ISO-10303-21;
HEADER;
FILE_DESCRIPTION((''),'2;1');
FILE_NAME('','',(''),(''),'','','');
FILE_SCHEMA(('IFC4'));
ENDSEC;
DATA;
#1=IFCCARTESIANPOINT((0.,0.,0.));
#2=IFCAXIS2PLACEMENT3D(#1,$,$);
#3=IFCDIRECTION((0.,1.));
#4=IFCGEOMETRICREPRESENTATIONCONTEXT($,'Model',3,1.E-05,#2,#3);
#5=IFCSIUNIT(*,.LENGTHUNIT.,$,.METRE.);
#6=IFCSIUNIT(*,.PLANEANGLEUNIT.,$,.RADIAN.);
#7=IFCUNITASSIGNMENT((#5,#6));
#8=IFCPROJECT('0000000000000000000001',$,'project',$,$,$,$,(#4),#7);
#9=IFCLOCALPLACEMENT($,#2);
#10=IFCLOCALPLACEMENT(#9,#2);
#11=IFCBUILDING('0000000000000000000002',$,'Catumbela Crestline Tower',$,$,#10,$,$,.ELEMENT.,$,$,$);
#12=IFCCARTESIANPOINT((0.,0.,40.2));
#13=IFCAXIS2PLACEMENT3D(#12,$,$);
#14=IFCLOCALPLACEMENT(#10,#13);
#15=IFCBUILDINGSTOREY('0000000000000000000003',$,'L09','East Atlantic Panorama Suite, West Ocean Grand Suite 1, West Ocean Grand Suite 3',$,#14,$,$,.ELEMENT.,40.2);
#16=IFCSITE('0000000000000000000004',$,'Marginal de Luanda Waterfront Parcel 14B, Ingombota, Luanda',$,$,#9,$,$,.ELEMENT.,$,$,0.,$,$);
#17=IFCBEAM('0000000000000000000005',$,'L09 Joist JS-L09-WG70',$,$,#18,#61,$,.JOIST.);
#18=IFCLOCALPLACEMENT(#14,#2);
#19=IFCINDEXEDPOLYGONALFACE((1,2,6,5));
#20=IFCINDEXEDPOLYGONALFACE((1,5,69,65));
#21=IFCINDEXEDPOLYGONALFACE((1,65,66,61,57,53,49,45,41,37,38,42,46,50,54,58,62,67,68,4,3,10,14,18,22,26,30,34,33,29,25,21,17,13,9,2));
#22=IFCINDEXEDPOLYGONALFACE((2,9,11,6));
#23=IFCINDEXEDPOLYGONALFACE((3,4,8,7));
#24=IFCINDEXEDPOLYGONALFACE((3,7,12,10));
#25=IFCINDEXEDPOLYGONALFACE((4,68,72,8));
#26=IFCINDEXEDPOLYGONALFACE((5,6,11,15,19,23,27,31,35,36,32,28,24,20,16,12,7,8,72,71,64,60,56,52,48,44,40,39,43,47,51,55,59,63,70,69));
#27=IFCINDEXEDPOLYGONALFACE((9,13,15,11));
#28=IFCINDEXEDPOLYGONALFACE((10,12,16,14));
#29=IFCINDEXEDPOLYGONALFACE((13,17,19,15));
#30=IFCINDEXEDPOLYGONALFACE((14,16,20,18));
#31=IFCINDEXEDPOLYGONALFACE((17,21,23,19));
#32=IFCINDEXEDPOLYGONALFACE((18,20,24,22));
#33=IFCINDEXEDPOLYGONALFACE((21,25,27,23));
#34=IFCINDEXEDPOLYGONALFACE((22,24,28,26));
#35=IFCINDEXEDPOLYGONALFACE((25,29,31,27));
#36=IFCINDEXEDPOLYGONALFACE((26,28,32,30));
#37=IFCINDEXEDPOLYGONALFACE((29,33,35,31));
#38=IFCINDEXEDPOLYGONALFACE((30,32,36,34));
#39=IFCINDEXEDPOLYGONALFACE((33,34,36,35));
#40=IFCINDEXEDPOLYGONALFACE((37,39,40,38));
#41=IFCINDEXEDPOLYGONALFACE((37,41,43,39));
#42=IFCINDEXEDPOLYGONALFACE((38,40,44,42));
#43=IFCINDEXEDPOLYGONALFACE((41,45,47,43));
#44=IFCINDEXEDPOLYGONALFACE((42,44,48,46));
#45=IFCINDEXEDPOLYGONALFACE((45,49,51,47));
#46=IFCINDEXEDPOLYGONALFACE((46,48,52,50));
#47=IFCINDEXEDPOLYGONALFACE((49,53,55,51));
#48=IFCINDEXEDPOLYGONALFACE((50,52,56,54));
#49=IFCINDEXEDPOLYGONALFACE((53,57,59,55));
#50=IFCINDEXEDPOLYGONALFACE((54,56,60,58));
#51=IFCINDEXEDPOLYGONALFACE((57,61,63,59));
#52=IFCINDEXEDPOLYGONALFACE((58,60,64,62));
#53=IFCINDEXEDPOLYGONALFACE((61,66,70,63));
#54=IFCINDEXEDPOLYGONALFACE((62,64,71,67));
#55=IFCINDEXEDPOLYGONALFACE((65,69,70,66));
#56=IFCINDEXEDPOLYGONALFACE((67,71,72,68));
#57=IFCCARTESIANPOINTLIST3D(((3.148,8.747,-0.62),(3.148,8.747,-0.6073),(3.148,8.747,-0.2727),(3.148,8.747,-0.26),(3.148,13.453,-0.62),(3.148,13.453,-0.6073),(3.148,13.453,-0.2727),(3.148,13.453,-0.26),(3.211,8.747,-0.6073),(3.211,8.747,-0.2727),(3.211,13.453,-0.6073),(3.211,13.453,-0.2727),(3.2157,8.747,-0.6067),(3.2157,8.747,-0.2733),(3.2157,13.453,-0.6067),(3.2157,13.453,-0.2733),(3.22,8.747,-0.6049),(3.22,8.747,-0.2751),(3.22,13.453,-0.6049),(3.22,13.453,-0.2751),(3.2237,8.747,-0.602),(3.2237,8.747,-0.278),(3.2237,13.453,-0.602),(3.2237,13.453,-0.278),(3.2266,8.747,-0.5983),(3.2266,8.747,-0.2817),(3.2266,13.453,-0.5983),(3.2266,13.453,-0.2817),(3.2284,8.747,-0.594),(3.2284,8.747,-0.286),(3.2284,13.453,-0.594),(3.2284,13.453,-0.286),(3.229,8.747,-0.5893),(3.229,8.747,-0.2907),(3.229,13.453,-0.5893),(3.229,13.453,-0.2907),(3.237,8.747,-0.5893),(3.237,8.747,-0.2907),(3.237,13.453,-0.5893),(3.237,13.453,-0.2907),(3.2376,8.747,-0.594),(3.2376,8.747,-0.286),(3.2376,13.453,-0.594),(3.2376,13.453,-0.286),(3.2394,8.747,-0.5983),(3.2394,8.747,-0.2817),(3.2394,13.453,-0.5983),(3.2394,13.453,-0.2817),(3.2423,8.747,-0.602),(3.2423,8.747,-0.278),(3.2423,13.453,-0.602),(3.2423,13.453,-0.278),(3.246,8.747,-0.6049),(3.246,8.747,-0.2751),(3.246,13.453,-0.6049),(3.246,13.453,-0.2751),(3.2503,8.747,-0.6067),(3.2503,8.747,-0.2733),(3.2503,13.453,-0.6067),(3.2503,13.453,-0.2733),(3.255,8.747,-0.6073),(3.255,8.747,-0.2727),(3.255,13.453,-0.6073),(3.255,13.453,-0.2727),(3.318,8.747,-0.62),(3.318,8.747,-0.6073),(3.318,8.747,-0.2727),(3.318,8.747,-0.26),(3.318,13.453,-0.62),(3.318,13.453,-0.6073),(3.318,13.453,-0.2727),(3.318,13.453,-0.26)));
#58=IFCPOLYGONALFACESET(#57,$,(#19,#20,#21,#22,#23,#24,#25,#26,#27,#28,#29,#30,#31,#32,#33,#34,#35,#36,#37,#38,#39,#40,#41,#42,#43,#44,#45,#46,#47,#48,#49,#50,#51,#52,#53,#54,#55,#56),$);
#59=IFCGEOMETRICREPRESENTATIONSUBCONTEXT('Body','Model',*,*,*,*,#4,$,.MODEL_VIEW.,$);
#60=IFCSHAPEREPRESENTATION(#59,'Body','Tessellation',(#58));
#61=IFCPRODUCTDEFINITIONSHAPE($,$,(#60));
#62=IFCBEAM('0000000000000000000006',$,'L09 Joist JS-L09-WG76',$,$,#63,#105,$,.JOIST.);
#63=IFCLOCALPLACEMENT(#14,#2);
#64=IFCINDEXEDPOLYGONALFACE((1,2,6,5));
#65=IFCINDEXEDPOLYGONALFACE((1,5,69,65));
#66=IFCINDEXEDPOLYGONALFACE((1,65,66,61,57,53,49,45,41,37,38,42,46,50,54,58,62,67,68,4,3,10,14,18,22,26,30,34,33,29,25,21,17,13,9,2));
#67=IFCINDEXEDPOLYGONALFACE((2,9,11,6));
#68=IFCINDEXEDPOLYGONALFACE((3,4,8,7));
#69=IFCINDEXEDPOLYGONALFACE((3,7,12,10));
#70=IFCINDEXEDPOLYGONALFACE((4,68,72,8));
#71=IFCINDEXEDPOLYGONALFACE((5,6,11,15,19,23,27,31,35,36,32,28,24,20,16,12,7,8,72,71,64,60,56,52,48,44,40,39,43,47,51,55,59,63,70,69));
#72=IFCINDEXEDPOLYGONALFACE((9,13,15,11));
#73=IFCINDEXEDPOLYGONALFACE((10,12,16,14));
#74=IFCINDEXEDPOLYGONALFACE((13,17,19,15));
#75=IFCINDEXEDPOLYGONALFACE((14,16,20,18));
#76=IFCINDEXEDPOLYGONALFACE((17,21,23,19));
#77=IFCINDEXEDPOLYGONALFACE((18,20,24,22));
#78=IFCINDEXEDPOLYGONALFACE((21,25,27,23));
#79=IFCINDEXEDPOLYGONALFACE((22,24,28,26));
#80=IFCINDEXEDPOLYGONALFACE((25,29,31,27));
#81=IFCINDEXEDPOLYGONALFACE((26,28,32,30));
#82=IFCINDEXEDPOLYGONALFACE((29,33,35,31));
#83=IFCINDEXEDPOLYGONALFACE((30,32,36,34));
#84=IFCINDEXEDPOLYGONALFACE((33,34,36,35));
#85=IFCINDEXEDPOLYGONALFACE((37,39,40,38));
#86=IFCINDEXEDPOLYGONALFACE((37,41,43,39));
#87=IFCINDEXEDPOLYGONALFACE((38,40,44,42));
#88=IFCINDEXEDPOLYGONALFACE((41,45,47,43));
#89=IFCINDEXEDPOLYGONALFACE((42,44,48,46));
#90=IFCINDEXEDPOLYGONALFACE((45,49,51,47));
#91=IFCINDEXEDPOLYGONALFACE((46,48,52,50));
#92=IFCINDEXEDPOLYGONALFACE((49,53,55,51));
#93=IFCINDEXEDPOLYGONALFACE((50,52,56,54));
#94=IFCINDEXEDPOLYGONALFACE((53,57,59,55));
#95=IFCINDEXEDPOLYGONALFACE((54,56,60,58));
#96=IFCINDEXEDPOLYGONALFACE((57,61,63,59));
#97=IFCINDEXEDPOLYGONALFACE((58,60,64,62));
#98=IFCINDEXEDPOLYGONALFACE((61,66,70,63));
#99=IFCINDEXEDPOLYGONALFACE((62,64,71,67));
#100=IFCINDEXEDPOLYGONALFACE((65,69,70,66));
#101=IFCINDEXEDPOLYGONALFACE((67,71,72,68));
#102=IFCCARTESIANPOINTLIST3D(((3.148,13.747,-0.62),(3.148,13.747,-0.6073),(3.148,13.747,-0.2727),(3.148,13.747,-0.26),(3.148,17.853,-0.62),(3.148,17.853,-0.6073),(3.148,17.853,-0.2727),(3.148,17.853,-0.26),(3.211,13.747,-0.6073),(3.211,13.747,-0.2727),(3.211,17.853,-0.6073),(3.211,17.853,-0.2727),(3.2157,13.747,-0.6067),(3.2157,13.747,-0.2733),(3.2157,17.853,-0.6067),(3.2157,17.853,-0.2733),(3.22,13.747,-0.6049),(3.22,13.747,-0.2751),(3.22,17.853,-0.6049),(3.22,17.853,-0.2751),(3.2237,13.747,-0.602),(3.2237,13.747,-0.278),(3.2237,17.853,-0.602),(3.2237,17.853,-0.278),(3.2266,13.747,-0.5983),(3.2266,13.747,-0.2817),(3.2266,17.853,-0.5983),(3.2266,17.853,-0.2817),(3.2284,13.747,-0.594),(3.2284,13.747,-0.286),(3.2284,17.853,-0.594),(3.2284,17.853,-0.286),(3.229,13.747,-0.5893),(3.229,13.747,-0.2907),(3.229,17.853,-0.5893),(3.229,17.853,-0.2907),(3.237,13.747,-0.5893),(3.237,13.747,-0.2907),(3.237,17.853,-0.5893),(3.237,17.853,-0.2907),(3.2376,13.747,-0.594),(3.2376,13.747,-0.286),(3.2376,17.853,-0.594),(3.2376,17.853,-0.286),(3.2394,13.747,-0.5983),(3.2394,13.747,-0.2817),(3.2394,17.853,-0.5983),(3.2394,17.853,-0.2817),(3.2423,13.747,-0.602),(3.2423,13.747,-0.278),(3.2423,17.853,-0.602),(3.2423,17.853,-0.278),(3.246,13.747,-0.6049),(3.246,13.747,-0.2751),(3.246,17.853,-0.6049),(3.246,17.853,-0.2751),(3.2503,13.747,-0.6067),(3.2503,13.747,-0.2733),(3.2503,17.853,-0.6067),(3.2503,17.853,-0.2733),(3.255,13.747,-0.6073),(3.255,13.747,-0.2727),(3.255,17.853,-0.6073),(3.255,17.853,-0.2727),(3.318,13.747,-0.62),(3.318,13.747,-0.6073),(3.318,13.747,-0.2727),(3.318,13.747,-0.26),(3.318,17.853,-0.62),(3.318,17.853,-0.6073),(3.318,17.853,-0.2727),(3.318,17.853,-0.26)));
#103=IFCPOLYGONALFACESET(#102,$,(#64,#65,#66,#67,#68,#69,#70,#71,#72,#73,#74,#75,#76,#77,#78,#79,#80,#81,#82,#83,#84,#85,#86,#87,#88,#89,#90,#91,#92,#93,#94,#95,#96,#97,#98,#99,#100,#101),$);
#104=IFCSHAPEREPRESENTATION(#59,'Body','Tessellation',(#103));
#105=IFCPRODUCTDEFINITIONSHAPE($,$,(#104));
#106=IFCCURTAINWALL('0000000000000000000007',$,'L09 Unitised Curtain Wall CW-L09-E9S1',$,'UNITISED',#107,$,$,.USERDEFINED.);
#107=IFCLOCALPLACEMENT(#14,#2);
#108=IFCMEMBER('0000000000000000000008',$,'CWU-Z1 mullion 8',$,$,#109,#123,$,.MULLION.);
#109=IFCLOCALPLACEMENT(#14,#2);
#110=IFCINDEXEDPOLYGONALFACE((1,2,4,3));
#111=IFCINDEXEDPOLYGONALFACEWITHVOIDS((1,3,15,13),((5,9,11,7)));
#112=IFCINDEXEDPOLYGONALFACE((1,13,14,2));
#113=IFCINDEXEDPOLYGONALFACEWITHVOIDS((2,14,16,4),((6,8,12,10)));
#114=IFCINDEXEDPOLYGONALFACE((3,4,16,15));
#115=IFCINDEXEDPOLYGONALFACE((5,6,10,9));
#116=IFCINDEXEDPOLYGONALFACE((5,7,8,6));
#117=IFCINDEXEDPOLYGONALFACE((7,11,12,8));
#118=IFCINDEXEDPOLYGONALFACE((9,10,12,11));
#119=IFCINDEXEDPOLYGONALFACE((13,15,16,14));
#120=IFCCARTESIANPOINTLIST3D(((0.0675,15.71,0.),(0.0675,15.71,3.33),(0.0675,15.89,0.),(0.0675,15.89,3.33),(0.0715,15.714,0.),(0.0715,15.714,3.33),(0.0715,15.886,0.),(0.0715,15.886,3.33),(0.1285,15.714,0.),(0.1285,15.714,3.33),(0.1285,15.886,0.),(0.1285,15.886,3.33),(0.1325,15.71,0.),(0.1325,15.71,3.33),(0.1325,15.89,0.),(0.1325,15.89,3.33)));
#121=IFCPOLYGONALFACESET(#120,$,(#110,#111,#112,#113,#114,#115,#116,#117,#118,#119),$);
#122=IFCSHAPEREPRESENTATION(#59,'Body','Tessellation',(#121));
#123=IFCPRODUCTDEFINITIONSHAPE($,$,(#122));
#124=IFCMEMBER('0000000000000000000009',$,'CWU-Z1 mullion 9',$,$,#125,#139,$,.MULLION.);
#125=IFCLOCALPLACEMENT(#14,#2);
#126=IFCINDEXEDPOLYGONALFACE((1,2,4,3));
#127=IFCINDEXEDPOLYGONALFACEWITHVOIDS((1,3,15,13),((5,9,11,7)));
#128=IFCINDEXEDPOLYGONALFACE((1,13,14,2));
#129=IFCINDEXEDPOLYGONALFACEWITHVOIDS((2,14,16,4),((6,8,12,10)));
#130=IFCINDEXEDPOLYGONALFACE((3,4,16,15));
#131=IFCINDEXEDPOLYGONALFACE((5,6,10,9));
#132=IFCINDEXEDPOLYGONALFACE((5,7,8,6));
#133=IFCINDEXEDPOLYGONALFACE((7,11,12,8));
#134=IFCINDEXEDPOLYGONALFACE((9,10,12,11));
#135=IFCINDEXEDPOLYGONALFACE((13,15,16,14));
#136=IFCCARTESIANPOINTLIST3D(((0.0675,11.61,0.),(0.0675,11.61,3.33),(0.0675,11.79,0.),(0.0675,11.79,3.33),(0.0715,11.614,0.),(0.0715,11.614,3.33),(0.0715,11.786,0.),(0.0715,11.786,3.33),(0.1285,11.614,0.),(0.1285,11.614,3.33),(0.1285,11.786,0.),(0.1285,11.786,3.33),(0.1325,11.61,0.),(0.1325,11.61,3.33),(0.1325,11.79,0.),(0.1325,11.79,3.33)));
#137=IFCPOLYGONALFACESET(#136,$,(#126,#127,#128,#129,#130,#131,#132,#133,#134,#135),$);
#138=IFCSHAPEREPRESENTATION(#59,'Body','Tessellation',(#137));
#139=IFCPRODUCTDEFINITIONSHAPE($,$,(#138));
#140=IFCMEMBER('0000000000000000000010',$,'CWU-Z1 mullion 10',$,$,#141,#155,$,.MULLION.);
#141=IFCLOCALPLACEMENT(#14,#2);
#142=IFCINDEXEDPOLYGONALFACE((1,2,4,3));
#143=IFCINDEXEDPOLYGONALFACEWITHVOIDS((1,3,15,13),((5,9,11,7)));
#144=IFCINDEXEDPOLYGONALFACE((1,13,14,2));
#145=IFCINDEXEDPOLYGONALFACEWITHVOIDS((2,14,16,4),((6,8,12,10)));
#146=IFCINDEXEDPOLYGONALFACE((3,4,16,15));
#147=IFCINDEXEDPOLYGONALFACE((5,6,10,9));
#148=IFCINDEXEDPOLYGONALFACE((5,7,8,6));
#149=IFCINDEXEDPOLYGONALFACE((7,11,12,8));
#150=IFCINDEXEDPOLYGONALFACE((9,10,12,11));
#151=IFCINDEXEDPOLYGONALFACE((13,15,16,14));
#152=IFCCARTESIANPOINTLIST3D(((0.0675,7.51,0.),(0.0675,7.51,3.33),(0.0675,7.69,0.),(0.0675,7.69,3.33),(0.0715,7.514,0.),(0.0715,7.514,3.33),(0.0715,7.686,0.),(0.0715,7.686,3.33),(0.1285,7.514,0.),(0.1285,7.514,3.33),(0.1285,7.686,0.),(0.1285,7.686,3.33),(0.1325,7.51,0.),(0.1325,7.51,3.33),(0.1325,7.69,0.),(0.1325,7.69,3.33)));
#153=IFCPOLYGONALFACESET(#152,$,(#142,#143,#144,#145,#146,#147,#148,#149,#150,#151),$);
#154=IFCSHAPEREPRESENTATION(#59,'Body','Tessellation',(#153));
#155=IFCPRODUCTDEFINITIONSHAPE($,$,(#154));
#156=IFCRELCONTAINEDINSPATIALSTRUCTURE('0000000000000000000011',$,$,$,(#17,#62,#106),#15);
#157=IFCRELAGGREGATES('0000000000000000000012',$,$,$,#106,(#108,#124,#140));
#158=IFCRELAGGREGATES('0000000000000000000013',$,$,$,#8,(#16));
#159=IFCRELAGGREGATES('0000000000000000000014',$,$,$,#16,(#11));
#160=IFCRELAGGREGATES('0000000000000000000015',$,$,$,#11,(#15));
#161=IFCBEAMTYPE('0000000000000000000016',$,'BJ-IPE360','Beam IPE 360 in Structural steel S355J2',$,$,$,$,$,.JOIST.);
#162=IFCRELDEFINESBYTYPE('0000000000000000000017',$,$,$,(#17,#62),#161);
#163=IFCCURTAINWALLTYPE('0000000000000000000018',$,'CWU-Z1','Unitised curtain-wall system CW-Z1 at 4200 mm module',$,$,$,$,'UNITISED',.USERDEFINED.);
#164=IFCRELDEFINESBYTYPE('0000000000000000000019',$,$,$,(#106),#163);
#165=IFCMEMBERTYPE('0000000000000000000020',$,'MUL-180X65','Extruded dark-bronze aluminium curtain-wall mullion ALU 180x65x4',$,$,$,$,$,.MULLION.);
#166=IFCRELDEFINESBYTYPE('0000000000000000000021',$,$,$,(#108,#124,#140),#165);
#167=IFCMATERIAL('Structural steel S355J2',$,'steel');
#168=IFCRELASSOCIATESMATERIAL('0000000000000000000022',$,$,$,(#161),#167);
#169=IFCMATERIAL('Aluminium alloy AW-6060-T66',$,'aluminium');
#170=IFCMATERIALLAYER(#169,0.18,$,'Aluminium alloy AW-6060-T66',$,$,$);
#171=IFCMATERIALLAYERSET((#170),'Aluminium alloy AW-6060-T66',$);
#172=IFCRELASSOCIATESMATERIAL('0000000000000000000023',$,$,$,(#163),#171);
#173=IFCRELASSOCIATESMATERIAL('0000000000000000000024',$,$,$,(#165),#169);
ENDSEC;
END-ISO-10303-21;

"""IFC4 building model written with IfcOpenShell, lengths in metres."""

from ifc_helpers import new_model, si_unit, direction, frame, origin, origin_2d, place, context, subcontext, project, spatial, hollow_rectangle, i_section, extrude, material, layer, layer_set, material_profile, profile_set, type_object, element, aggregate, save


model = new_model("IFC4")

# Units and contexts
model_context = context("Model", 3, precision=1e-05, world=origin(), true_north=direction((0.0, 1.0)))
body_context = subcontext(model_context, "Body", "Model", "MODEL_VIEW")
ifc_project = project(units=[si_unit("LENGTHUNIT", "METRE"), si_unit("PLANEANGLEUNIT", "RADIAN")], contexts=[model_context])

# Site, building, storey
site_placement = place(None, origin())
site = spatial("IfcSite", under=ifc_project, at=site_placement, Name="Marginal de Luanda Waterfront Parcel 14B, Ingombota, Luanda", CompositionType="ELEMENT", RefElevation=0.0)
building_placement = place(site_placement, origin())
building = spatial("IfcBuilding", under=site, at=building_placement, Name="Catumbela Crestline Tower", CompositionType="ELEMENT")
storey_placement = place(building_placement, frame((0.0, 0.0, 40.2)))
storey = spatial("IfcBuildingStorey", under=building, at=storey_placement, Name="L09", Description="East Atlantic Panorama Suite, West Ocean Grand Suite 1, West Ocean Grand Suite 3", CompositionType="ELEMENT", Elevation=40.2)

# Beams
ifc_material_1 = material(Name="Structural steel S355J2", Category="steel")
ifc_material_profile_1 = material_profile(ifc_material_1, i_section(OverallWidth=0.17, OverallDepth=0.36, WebThickness=0.008, FlangeThickness=0.0127, FilletRadius=0.018, at=origin_2d()), Name="IPE 360")
ifc_profile_set_1 = profile_set([ifc_material_profile_1], Name="Structural steel S355J2")
beam_type_1 = type_object("IfcBeamType", Name="BJ-IPE360", Description="Beam IPE 360 in Structural steel S355J2", PredefinedType="JOIST", material=ifc_profile_set_1)
beam_1_placement = place(storey_placement, frame((3.233, 8.747, -0.44), z_axis=(0.0, 1.0, 0.0), x_axis=(-1.0, 0.0, 0.0)))
element("IfcBeam", 1, at=beam_1_placement, inside=storey, type_object=beam_type_1, Name="L09 Joist JS-L09-WG70", PredefinedType="JOIST", context=body_context, shape_type="SweptSolid", body=[
    extrude(i_section(OverallWidth=0.17, OverallDepth=0.36, WebThickness=0.008, FlangeThickness=0.0127, FilletRadius=0.018, at=origin_2d()), origin(), (0.0, 0.0, 1.0), 4.706),
])
beam_2_placement = place(storey_placement, frame((3.233, 13.747, -0.44), z_axis=(0.0, 1.0, 0.0), x_axis=(-1.0, 0.0, 0.0)))
element("IfcBeam", 2, at=beam_2_placement, inside=storey, type_object=beam_type_1, Name="L09 Joist JS-L09-WG76", PredefinedType="JOIST", context=body_context, shape_type="SweptSolid", body=[
    extrude(i_section(OverallWidth=0.17, OverallDepth=0.36, WebThickness=0.008, FlangeThickness=0.0127, FilletRadius=0.018, at=origin_2d()), origin(), (0.0, 0.0, 1.0), 4.106),
])

# Curtain wall, members
ifc_material_2 = material(Name="Aluminium alloy AW-6060-T66", Category="aluminium")
ifc_layer_1 = layer(ifc_material_2, 0.18, Name="Aluminium alloy AW-6060-T66")
ifc_layer_set_1 = layer_set([ifc_layer_1], Name="Aluminium alloy AW-6060-T66")
curtain_wall_type = type_object("IfcCurtainWallType", Name="CWU-Z1", Description="Unitised curtain-wall system CW-Z1 at 4200 mm module", ElementType="UNITISED", PredefinedType="USERDEFINED", material=ifc_layer_set_1)
curtain_wall_placement = place(storey_placement, origin())
curtain_wall = element("IfcCurtainWall", 3, at=curtain_wall_placement, inside=storey, type_object=curtain_wall_type, Name="L09 Unitised Curtain Wall CW-L09-E9S1", ObjectType="UNITISED", PredefinedType="USERDEFINED")
ifc_material_profile_2 = material_profile(ifc_material_2, hollow_rectangle(XDim=0.065, YDim=0.18, WallThickness=0.004, at=origin_2d()), Name="ALU 180x65x4")
ifc_profile_set_2 = profile_set([ifc_material_profile_2], Name="Aluminium alloy AW-6060-T66")
member_type_1 = type_object("IfcMemberType", Name="MUL-180X65", Description="Extruded dark-bronze aluminium curtain-wall mullion ALU 180x65x4", PredefinedType="MULLION", material=ifc_profile_set_2)
member_1_placement = place(storey_placement, frame((0.1, 15.8, 0.0), z_axis=(0.0, 0.0, 1.0), x_axis=(1.0, 0.0, 0.0)))
member_1 = element("IfcMember", 4, at=member_1_placement, type_object=member_type_1, Name="CWU-Z1 mullion 8", PredefinedType="MULLION", context=body_context, shape_type="SweptSolid", body=[
    extrude(hollow_rectangle(XDim=0.065, YDim=0.18, WallThickness=0.004, at=origin_2d()), origin(), (0.0, 0.0, 1.0), 3.33),
])
member_2_placement = place(storey_placement, frame((0.1, 11.7, 0.0), z_axis=(0.0, 0.0, 1.0), x_axis=(1.0, 0.0, 0.0)))
member_2 = element("IfcMember", 5, at=member_2_placement, type_object=member_type_1, Name="CWU-Z1 mullion 9", PredefinedType="MULLION", context=body_context, shape_type="SweptSolid", body=[
    extrude(hollow_rectangle(XDim=0.065, YDim=0.18, WallThickness=0.004, at=origin_2d()), origin(), (0.0, 0.0, 1.0), 3.33),
])
member_3_placement = place(storey_placement, frame((0.1, 7.6, 0.0), z_axis=(0.0, 0.0, 1.0), x_axis=(1.0, 0.0, 0.0)))
member_3 = element("IfcMember", 6, at=member_3_placement, type_object=member_type_1, Name="CWU-Z1 mullion 10", PredefinedType="MULLION", context=body_context, shape_type="SweptSolid", body=[
    extrude(hollow_rectangle(XDim=0.065, YDim=0.18, WallThickness=0.004, at=origin_2d()), origin(), (0.0, 0.0, 1.0), 3.33),
])

aggregate(curtain_wall, [member_1, member_2, member_3])

save(model, "model.ifc")
